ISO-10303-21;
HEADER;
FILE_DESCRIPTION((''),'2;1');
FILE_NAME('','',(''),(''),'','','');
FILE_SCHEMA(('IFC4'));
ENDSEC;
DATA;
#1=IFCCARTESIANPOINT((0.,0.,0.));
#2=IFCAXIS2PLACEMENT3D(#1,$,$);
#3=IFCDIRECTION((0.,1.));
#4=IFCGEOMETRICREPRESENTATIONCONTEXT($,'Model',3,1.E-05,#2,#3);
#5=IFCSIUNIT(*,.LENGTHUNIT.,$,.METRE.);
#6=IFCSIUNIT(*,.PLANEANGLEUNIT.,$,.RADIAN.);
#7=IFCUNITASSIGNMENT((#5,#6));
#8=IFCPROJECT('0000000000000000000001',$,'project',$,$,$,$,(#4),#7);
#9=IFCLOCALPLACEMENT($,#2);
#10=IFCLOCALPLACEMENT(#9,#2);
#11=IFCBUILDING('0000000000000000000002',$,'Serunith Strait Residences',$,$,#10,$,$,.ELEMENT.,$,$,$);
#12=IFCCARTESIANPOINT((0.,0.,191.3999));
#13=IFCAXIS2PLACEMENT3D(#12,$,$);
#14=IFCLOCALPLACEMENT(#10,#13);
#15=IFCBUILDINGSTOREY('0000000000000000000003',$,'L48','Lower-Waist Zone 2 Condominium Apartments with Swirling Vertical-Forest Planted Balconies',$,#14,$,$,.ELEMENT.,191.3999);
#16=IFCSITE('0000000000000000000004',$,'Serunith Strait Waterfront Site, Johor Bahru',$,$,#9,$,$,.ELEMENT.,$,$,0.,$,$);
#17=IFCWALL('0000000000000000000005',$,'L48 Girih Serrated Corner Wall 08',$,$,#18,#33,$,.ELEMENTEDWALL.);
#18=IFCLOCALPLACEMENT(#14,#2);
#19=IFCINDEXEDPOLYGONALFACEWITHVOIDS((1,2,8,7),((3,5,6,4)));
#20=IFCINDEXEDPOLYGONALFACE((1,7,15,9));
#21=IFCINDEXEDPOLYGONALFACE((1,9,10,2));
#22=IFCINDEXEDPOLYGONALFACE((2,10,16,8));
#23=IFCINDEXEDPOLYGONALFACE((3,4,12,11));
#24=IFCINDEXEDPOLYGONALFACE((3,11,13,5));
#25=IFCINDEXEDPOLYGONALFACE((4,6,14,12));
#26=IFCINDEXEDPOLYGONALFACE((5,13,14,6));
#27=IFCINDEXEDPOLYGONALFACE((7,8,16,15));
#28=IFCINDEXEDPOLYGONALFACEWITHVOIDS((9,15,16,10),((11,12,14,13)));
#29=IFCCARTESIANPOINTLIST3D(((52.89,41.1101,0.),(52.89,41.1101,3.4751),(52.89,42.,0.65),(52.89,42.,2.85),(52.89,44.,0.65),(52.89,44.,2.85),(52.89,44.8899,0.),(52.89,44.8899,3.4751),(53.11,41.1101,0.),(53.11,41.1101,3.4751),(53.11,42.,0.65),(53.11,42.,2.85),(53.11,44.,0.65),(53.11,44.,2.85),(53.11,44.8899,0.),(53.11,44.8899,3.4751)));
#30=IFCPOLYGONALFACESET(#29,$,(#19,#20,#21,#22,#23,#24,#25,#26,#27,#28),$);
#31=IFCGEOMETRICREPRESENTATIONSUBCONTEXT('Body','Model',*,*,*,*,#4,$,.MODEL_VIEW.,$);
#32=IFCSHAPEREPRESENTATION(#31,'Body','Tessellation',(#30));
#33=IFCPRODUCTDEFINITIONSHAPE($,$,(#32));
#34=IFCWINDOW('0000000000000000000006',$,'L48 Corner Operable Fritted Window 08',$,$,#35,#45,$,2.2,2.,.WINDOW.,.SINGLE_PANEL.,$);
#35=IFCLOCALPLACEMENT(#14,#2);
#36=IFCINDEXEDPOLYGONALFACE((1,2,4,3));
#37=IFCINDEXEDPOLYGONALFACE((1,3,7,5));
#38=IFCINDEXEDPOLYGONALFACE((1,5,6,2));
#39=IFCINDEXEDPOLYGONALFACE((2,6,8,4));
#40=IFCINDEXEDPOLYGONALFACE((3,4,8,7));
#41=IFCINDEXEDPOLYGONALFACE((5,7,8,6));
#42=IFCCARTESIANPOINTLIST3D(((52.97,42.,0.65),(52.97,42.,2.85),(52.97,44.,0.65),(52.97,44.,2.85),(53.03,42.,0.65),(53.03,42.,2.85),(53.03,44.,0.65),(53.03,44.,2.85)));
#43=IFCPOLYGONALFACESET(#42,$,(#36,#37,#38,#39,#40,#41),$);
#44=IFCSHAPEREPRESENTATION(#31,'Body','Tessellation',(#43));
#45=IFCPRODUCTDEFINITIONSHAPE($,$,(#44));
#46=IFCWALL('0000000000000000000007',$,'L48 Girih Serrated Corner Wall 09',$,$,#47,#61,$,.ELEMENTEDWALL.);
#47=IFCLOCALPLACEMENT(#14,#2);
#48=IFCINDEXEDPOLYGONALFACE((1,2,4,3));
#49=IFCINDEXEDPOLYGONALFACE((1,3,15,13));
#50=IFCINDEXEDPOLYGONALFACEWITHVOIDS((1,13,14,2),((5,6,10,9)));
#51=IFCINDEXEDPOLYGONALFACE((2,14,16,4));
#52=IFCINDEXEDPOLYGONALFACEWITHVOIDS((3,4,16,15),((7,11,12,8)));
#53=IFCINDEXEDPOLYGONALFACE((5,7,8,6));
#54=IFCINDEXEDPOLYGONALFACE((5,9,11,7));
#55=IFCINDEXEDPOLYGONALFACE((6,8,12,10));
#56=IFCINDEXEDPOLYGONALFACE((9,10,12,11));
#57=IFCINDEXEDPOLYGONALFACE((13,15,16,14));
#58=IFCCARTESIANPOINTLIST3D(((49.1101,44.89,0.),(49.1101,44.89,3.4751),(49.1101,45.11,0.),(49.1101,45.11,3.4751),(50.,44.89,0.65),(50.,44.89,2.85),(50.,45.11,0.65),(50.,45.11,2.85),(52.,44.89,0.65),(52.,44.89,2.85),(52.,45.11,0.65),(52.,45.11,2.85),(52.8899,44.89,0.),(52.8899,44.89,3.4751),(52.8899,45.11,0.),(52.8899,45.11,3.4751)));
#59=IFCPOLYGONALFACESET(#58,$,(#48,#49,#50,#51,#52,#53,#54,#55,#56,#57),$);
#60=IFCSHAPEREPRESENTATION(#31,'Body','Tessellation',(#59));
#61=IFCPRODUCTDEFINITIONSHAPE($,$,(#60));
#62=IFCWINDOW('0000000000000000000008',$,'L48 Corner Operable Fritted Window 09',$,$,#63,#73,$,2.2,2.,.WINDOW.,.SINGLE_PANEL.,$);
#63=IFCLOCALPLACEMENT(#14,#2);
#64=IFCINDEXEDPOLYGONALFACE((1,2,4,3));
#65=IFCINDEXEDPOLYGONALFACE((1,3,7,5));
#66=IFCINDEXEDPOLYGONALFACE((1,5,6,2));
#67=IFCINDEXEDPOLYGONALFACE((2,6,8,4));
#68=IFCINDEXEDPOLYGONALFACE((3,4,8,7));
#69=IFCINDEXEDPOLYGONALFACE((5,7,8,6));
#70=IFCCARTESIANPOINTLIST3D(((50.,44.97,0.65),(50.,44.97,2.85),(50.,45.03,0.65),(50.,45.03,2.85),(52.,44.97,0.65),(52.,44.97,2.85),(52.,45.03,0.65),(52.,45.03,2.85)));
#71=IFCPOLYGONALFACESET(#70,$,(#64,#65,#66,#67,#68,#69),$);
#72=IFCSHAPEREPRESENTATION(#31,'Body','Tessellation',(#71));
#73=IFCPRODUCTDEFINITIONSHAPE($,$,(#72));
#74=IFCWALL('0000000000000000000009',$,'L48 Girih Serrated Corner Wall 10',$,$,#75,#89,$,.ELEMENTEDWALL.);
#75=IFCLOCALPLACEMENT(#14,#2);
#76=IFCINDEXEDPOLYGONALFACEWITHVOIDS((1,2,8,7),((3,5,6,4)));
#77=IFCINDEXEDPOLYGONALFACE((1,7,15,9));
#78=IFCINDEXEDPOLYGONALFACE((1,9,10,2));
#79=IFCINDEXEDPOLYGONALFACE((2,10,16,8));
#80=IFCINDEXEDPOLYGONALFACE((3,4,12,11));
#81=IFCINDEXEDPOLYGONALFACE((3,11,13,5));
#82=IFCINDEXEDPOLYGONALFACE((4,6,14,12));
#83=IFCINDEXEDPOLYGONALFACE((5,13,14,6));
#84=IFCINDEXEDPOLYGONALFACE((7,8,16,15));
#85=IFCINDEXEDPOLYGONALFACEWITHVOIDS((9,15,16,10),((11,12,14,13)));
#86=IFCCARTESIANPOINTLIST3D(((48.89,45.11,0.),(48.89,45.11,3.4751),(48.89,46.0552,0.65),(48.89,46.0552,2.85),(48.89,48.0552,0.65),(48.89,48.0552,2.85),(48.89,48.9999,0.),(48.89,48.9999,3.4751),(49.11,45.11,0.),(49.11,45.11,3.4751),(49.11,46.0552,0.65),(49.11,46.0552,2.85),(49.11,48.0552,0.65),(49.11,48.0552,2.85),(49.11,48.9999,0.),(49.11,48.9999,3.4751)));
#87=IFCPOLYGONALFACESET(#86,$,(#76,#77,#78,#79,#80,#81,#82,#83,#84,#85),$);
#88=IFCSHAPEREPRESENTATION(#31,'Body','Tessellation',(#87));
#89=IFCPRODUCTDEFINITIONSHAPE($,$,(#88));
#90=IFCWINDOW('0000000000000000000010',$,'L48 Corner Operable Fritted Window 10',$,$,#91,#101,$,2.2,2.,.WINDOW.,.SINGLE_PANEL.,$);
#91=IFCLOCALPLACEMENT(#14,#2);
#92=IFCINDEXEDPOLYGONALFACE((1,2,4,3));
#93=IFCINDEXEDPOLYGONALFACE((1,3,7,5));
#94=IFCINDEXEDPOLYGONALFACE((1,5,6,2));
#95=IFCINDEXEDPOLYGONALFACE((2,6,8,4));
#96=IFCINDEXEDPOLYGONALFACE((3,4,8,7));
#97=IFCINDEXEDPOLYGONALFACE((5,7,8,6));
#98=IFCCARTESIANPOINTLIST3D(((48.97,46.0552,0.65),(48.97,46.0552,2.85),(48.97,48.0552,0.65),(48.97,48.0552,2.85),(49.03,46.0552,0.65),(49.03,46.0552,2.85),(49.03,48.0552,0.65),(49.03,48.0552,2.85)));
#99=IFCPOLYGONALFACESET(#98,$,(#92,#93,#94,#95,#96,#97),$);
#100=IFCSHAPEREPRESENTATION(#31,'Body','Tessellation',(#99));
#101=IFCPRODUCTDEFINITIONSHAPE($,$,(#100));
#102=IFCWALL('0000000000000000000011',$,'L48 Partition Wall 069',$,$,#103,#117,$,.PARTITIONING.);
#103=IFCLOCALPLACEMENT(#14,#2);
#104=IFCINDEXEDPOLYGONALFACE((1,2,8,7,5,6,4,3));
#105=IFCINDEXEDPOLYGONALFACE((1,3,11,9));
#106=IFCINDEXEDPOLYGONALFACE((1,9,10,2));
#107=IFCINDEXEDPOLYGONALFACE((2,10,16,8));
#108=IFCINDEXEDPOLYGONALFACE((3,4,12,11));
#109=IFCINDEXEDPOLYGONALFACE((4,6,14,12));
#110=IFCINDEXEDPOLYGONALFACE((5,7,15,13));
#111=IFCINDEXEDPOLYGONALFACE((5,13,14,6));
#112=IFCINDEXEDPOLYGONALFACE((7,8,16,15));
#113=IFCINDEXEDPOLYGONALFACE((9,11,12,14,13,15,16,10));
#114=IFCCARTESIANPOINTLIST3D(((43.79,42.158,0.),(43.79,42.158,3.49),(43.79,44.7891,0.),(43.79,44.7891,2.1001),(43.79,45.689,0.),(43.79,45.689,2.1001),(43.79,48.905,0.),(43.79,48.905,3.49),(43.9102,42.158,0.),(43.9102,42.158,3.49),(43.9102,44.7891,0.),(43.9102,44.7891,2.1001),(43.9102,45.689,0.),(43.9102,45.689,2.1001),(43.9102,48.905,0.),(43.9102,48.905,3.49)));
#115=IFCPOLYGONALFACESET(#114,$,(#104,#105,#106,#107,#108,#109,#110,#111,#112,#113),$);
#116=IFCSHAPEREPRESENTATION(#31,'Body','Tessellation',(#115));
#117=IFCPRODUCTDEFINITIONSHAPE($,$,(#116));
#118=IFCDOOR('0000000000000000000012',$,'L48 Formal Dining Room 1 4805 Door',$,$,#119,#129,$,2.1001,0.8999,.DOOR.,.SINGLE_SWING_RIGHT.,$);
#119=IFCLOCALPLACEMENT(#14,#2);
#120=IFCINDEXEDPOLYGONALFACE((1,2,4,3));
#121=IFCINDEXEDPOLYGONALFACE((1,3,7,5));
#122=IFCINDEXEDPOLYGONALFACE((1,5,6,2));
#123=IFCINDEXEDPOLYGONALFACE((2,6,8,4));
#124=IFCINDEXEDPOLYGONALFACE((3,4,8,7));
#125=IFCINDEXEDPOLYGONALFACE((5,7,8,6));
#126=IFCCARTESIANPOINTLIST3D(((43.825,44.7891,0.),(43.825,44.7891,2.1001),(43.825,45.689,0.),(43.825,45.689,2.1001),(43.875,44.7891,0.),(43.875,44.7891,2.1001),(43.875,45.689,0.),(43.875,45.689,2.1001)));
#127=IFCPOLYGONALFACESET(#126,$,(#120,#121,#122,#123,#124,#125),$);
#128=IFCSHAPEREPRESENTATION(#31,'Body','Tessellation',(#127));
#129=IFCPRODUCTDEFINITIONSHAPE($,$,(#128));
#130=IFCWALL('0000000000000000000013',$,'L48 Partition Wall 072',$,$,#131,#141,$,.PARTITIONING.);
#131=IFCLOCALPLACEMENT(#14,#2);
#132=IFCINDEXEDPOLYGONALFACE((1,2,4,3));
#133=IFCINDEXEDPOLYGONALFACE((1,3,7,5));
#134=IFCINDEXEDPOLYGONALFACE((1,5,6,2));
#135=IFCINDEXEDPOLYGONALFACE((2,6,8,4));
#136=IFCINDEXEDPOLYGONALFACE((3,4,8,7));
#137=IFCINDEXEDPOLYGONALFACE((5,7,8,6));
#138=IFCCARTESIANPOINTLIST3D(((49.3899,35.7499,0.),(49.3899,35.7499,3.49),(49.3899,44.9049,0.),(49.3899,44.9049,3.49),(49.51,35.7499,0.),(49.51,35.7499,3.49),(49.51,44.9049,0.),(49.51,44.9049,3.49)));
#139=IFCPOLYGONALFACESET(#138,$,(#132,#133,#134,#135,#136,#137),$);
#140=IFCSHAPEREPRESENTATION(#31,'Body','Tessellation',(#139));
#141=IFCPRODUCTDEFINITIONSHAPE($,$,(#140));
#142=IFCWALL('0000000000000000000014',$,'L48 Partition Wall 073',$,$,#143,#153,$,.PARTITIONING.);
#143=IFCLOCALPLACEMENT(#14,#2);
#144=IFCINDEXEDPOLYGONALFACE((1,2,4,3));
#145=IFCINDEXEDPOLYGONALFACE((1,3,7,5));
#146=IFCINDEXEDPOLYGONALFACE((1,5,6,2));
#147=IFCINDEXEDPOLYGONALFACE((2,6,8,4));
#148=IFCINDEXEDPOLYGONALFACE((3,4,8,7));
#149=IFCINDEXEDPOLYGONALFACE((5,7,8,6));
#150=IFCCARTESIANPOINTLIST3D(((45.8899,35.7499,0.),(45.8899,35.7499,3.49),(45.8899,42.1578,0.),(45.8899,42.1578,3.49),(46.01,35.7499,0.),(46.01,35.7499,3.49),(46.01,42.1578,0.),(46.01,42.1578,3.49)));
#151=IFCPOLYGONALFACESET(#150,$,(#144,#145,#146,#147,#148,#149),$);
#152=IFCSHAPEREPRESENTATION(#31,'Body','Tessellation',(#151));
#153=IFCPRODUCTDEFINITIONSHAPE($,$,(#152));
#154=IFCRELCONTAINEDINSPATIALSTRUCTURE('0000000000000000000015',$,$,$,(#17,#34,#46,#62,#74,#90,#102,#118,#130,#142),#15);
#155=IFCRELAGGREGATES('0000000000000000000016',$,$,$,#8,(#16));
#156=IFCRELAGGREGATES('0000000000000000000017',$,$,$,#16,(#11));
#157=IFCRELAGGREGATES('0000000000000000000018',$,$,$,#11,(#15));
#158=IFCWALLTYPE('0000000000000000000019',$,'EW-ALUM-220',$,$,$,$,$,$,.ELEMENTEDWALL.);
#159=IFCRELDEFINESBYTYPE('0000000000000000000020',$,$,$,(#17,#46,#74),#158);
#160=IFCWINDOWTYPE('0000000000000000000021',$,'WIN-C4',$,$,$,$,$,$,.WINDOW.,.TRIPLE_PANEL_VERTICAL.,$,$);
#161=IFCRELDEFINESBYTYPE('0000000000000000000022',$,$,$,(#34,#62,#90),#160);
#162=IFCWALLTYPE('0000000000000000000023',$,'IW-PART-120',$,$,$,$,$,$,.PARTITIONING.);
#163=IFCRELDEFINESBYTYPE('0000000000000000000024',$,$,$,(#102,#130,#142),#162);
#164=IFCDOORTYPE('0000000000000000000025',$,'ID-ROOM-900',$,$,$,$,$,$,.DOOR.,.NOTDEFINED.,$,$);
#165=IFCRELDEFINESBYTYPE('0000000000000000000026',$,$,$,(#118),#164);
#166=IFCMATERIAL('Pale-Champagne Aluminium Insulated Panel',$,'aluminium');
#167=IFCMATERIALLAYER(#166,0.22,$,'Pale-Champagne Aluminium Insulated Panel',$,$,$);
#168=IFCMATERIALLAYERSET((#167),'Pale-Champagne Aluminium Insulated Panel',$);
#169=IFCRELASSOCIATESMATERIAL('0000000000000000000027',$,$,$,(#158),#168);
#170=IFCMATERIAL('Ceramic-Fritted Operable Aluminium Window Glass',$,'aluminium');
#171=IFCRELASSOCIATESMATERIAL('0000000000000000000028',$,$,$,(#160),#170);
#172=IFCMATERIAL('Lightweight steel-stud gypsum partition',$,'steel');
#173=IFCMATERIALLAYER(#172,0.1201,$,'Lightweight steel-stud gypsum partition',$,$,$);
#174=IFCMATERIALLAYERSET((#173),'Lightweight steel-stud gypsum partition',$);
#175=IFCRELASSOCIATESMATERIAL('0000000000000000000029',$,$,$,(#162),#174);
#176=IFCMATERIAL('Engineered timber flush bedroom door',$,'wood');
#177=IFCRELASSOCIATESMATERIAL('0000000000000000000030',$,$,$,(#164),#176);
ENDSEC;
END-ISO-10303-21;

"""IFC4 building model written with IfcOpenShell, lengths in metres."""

from ifc_helpers import new_model, si_unit, direction, frame, frame_2d, origin, place, context, subcontext, project, spatial, rectangle, extrude, source, transform, mapped, material, layer, layer_set, type_object, element, fill, save


model = new_model("IFC4")

# Units and contexts
model_context = context("Model", 3, precision=1e-05, world=origin(), true_north=direction((0.0, 1.0)))
body_context = subcontext(model_context, "Body", "Model", "MODEL_VIEW")
ifc_project = project(units=[si_unit("LENGTHUNIT", "METRE"), si_unit("PLANEANGLEUNIT", "RADIAN")], contexts=[model_context])

# Site, building, storey
site_placement = place(None, origin())
site = spatial("IfcSite", under=ifc_project, at=site_placement, Name="Serunith Strait Waterfront Site, Johor Bahru", CompositionType="ELEMENT", RefElevation=0.0)
building_placement = place(site_placement, origin())
building = spatial("IfcBuilding", under=site, at=building_placement, Name="Serunith Strait Residences", CompositionType="ELEMENT")
storey_placement = place(building_placement, frame((0.0, 0.0, 191.3999)))
storey = spatial("IfcBuildingStorey", under=building, at=storey_placement, Name="L48", Description="Lower-Waist Zone 2 Condominium Apartments with Swirling Vertical-Forest Planted Balconies", CompositionType="ELEMENT", Elevation=191.3999)

# Walls, openings, windows
ifc_material_1 = material(Name="Pale-Champagne Aluminium Insulated Panel", Category="aluminium")
ifc_layer_1 = layer(ifc_material_1, 0.22, Name="Pale-Champagne Aluminium Insulated Panel")
ifc_layer_set_1 = layer_set([ifc_layer_1], Name="Pale-Champagne Aluminium Insulated Panel")
wall_type_1 = type_object("IfcWallType", Name="EW-ALUM-220", PredefinedType="ELEMENTEDWALL", material=ifc_layer_set_1)
ifc_material_2 = material(Name="Ceramic-Fritted Operable Aluminium Window Glass", Category="aluminium")
window_type = type_object("IfcWindowType", Name="WIN-C4", PartitioningType="TRIPLE_PANEL_VERTICAL", PredefinedType="WINDOW", material=ifc_material_2)
shared_shape_1 = source(origin(), body_context, "Body", "SweptSolid", [
    extrude(rectangle(XDim=2.0, YDim=2.2, at=frame_2d((1.0, 1.1001))), frame((0.0, 0.03, 0.0), z_axis=(0.0, -1.0, 0.0), x_axis=(1.0, 0.0, 0.0)), (0.0, 0.0, 1.0), 0.0601),
])
wall_1_placement = place(storey_placement, frame((53.0, 41.1101, 0.0), z_axis=(0.0, 0.0, 1.0), x_axis=(0.0, 1.0, 0.0)))
wall_1 = element("IfcWall", 1, at=wall_1_placement, inside=storey, type_object=wall_type_1, Name="L48 Girih Serrated Corner Wall 08", PredefinedType="ELEMENTEDWALL", context=body_context, shape_type="SweptSolid", body=[
    extrude(rectangle(XDim=3.7798, YDim=0.22, at=frame_2d((1.8899, 0.0))), origin(), (0.0, 0.0, 1.0), 3.4751),
])
opening_1_placement = place(wall_1_placement, frame((0.8899, 0.0, 0.6499)))
opening_1 = element("IfcOpeningElement", 2, at=opening_1_placement, cuts=wall_1, PredefinedType="OPENING", context=body_context, shape_type="SweptSolid", body=[
    extrude(rectangle(XDim=2.0, YDim=2.2, at=frame_2d((1.0, 1.1001))), frame((0.0, 0.1201, 0.0), z_axis=(0.0, -1.0, 0.0), x_axis=(1.0, 0.0, 0.0)), (0.0, 0.0, 1.0), 0.24),
])
window_1_placement = place(opening_1_placement, origin())
window_1 = element("IfcWindow", 3, at=window_1_placement, inside=storey, type_object=window_type, Name="L48 Corner Operable Fritted Window 08", OverallHeight=2.2, OverallWidth=2.0, PartitioningType="SINGLE_PANEL", PredefinedType="WINDOW", context=body_context, shape_type="MappedRepresentation", body=[
    mapped(shared_shape_1, transform((0.0, 0.0, 0.0), scale=1.0)),
])
fill(opening_1, window_1)
wall_2_placement = place(storey_placement, frame((52.8899, 45.0, 0.0), z_axis=(0.0, 0.0, 1.0), x_axis=(-1.0, 0.0, 0.0)))
wall_2 = element("IfcWall", 4, at=wall_2_placement, inside=storey, type_object=wall_type_1, Name="L48 Girih Serrated Corner Wall 09", PredefinedType="ELEMENTEDWALL", context=body_context, shape_type="SweptSolid", body=[
    extrude(rectangle(XDim=3.7798, YDim=0.22, at=frame_2d((1.8899, 0.0))), origin(), (0.0, 0.0, 1.0), 3.4751),
])
opening_2_placement = place(wall_2_placement, frame((0.8899, 0.0, 0.6499)))
opening_2 = element("IfcOpeningElement", 5, at=opening_2_placement, cuts=wall_2, PredefinedType="OPENING", context=body_context, shape_type="SweptSolid", body=[
    extrude(rectangle(XDim=2.0, YDim=2.2, at=frame_2d((1.0, 1.1001))), frame((0.0, 0.1201, 0.0), z_axis=(0.0, -1.0, 0.0), x_axis=(1.0, 0.0, 0.0)), (0.0, 0.0, 1.0), 0.24),
])
window_2_placement = place(opening_2_placement, origin())
window_2 = element("IfcWindow", 6, at=window_2_placement, inside=storey, type_object=window_type, Name="L48 Corner Operable Fritted Window 09", OverallHeight=2.2, OverallWidth=2.0, PartitioningType="SINGLE_PANEL", PredefinedType="WINDOW", context=body_context, shape_type="MappedRepresentation", body=[
    mapped(shared_shape_1, transform((0.0, 0.0, 0.0), scale=1.0)),
])
fill(opening_2, window_2)
wall_3_placement = place(storey_placement, frame((49.0, 45.1101, 0.0), z_axis=(0.0, 0.0, 1.0), x_axis=(0.0, 1.0, 0.0)))
wall_3 = element("IfcWall", 7, at=wall_3_placement, inside=storey, type_object=wall_type_1, Name="L48 Girih Serrated Corner Wall 10", PredefinedType="ELEMENTEDWALL", context=body_context, shape_type="SweptSolid", body=[
    extrude(rectangle(XDim=3.8899, YDim=0.22, at=frame_2d((1.9448, 0.0))), origin(), (0.0, 0.0, 1.0), 3.4751),
])
opening_3_placement = place(wall_3_placement, frame((0.9451, 0.0, 0.6499)))
opening_3 = element("IfcOpeningElement", 8, at=opening_3_placement, cuts=wall_3, PredefinedType="OPENING", context=body_context, shape_type="SweptSolid", body=[
    extrude(rectangle(XDim=2.0, YDim=2.2, at=frame_2d((1.0, 1.1001))), frame((0.0, 0.1201, 0.0), z_axis=(0.0, -1.0, 0.0), x_axis=(1.0, 0.0, 0.0)), (0.0, 0.0, 1.0), 0.24),
])
window_3_placement = place(opening_3_placement, origin())
window_3 = element("IfcWindow", 9, at=window_3_placement, inside=storey, type_object=window_type, Name="L48 Corner Operable Fritted Window 10", OverallHeight=2.2, OverallWidth=2.0, PartitioningType="SINGLE_PANEL", PredefinedType="WINDOW", context=body_context, shape_type="MappedRepresentation", body=[
    mapped(shared_shape_1, transform((0.0, 0.0, 0.0), scale=1.0)),
])
fill(opening_3, window_3)

# Wall, opening, door
ifc_material_3 = material(Name="Lightweight steel-stud gypsum partition", Category="steel")
ifc_layer_2 = layer(ifc_material_3, 0.1201, Name="Lightweight steel-stud gypsum partition")
ifc_layer_set_2 = layer_set([ifc_layer_2], Name="Lightweight steel-stud gypsum partition")
wall_type_2 = type_object("IfcWallType", Name="IW-PART-120", PredefinedType="PARTITIONING", material=ifc_layer_set_2)
wall_4_placement = place(storey_placement, frame((43.8501, 48.905, 0.0), z_axis=(0.0, 0.0, 1.0), x_axis=(0.0, -1.0, 0.0)))
wall_4 = element("IfcWall", 10, at=wall_4_placement, inside=storey, type_object=wall_type_2, Name="L48 Partition Wall 069", PredefinedType="PARTITIONING", context=body_context, shape_type="SweptSolid", body=[
    extrude(rectangle(XDim=6.7471, YDim=0.1201, at=frame_2d((3.3735, 0.0))), origin(), (0.0, 0.0, 1.0), 3.49),
])
opening_4_placement = place(wall_4_placement, frame((3.2161, 0.0, 0.0)))
opening_4 = element("IfcOpeningElement", 11, at=opening_4_placement, cuts=wall_4, PredefinedType="OPENING", context=body_context, shape_type="SweptSolid", body=[
    extrude(rectangle(XDim=0.8999, YDim=2.1001, at=frame_2d((0.45, 1.05))), frame((0.0, 0.0701, 0.0), z_axis=(0.0, -1.0, 0.0), x_axis=(1.0, 0.0, 0.0)), (0.0, 0.0, 1.0), 0.1401),
])
ifc_material_4 = material(Name="Engineered timber flush bedroom door", Category="wood")
door_type_1 = type_object("IfcDoorType", Name="ID-ROOM-900", OperationType="NOTDEFINED", PredefinedType="DOOR", material=ifc_material_4)
shared_shape_2 = source(origin(), body_context, "Body", "SweptSolid", [
    extrude(rectangle(XDim=0.8999, YDim=2.1001, at=frame_2d((0.45, 1.05))), frame((0.0, 0.0249, 0.0), z_axis=(0.0, -1.0, 0.0), x_axis=(1.0, 0.0, 0.0)), (0.0, 0.0, 1.0), 0.05),
])
door_1_placement = place(opening_4_placement, origin())
door_1 = element("IfcDoor", 12, at=door_1_placement, inside=storey, type_object=door_type_1, Name="L48 Formal Dining Room 1 4805 Door", OperationType="SINGLE_SWING_RIGHT", OverallHeight=2.1001, OverallWidth=0.8999, PredefinedType="DOOR", context=body_context, shape_type="MappedRepresentation", body=[
    mapped(shared_shape_2, transform((0.0, 0.0, 0.0), scale=1.0)),
])
fill(opening_4, door_1)

# Walls
wall_5_placement = place(storey_placement, frame((49.45, 44.905, 0.0), z_axis=(0.0, 0.0, 1.0), x_axis=(0.0, -1.0, 0.0)))
element("IfcWall", 13, at=wall_5_placement, inside=storey, type_object=wall_type_2, Name="L48 Partition Wall 072", PredefinedType="PARTITIONING", context=body_context, shape_type="SweptSolid", body=[
    extrude(rectangle(XDim=9.155, YDim=0.1201, at=frame_2d((4.5776, 0.0))), origin(), (0.0, 0.0, 1.0), 3.49),
])
wall_6_placement = place(storey_placement, frame((45.95, 42.158, 0.0), z_axis=(0.0, 0.0, 1.0), x_axis=(0.0, -1.0, 0.0)))
element("IfcWall", 14, at=wall_6_placement, inside=storey, type_object=wall_type_2, Name="L48 Partition Wall 073", PredefinedType="PARTITIONING", context=body_context, shape_type="SweptSolid", body=[
    extrude(rectangle(XDim=6.408, YDim=0.1201, at=frame_2d((3.2041, 0.0))), origin(), (0.0, 0.0, 1.0), 3.49),
])

save(model, "model.ifc")
